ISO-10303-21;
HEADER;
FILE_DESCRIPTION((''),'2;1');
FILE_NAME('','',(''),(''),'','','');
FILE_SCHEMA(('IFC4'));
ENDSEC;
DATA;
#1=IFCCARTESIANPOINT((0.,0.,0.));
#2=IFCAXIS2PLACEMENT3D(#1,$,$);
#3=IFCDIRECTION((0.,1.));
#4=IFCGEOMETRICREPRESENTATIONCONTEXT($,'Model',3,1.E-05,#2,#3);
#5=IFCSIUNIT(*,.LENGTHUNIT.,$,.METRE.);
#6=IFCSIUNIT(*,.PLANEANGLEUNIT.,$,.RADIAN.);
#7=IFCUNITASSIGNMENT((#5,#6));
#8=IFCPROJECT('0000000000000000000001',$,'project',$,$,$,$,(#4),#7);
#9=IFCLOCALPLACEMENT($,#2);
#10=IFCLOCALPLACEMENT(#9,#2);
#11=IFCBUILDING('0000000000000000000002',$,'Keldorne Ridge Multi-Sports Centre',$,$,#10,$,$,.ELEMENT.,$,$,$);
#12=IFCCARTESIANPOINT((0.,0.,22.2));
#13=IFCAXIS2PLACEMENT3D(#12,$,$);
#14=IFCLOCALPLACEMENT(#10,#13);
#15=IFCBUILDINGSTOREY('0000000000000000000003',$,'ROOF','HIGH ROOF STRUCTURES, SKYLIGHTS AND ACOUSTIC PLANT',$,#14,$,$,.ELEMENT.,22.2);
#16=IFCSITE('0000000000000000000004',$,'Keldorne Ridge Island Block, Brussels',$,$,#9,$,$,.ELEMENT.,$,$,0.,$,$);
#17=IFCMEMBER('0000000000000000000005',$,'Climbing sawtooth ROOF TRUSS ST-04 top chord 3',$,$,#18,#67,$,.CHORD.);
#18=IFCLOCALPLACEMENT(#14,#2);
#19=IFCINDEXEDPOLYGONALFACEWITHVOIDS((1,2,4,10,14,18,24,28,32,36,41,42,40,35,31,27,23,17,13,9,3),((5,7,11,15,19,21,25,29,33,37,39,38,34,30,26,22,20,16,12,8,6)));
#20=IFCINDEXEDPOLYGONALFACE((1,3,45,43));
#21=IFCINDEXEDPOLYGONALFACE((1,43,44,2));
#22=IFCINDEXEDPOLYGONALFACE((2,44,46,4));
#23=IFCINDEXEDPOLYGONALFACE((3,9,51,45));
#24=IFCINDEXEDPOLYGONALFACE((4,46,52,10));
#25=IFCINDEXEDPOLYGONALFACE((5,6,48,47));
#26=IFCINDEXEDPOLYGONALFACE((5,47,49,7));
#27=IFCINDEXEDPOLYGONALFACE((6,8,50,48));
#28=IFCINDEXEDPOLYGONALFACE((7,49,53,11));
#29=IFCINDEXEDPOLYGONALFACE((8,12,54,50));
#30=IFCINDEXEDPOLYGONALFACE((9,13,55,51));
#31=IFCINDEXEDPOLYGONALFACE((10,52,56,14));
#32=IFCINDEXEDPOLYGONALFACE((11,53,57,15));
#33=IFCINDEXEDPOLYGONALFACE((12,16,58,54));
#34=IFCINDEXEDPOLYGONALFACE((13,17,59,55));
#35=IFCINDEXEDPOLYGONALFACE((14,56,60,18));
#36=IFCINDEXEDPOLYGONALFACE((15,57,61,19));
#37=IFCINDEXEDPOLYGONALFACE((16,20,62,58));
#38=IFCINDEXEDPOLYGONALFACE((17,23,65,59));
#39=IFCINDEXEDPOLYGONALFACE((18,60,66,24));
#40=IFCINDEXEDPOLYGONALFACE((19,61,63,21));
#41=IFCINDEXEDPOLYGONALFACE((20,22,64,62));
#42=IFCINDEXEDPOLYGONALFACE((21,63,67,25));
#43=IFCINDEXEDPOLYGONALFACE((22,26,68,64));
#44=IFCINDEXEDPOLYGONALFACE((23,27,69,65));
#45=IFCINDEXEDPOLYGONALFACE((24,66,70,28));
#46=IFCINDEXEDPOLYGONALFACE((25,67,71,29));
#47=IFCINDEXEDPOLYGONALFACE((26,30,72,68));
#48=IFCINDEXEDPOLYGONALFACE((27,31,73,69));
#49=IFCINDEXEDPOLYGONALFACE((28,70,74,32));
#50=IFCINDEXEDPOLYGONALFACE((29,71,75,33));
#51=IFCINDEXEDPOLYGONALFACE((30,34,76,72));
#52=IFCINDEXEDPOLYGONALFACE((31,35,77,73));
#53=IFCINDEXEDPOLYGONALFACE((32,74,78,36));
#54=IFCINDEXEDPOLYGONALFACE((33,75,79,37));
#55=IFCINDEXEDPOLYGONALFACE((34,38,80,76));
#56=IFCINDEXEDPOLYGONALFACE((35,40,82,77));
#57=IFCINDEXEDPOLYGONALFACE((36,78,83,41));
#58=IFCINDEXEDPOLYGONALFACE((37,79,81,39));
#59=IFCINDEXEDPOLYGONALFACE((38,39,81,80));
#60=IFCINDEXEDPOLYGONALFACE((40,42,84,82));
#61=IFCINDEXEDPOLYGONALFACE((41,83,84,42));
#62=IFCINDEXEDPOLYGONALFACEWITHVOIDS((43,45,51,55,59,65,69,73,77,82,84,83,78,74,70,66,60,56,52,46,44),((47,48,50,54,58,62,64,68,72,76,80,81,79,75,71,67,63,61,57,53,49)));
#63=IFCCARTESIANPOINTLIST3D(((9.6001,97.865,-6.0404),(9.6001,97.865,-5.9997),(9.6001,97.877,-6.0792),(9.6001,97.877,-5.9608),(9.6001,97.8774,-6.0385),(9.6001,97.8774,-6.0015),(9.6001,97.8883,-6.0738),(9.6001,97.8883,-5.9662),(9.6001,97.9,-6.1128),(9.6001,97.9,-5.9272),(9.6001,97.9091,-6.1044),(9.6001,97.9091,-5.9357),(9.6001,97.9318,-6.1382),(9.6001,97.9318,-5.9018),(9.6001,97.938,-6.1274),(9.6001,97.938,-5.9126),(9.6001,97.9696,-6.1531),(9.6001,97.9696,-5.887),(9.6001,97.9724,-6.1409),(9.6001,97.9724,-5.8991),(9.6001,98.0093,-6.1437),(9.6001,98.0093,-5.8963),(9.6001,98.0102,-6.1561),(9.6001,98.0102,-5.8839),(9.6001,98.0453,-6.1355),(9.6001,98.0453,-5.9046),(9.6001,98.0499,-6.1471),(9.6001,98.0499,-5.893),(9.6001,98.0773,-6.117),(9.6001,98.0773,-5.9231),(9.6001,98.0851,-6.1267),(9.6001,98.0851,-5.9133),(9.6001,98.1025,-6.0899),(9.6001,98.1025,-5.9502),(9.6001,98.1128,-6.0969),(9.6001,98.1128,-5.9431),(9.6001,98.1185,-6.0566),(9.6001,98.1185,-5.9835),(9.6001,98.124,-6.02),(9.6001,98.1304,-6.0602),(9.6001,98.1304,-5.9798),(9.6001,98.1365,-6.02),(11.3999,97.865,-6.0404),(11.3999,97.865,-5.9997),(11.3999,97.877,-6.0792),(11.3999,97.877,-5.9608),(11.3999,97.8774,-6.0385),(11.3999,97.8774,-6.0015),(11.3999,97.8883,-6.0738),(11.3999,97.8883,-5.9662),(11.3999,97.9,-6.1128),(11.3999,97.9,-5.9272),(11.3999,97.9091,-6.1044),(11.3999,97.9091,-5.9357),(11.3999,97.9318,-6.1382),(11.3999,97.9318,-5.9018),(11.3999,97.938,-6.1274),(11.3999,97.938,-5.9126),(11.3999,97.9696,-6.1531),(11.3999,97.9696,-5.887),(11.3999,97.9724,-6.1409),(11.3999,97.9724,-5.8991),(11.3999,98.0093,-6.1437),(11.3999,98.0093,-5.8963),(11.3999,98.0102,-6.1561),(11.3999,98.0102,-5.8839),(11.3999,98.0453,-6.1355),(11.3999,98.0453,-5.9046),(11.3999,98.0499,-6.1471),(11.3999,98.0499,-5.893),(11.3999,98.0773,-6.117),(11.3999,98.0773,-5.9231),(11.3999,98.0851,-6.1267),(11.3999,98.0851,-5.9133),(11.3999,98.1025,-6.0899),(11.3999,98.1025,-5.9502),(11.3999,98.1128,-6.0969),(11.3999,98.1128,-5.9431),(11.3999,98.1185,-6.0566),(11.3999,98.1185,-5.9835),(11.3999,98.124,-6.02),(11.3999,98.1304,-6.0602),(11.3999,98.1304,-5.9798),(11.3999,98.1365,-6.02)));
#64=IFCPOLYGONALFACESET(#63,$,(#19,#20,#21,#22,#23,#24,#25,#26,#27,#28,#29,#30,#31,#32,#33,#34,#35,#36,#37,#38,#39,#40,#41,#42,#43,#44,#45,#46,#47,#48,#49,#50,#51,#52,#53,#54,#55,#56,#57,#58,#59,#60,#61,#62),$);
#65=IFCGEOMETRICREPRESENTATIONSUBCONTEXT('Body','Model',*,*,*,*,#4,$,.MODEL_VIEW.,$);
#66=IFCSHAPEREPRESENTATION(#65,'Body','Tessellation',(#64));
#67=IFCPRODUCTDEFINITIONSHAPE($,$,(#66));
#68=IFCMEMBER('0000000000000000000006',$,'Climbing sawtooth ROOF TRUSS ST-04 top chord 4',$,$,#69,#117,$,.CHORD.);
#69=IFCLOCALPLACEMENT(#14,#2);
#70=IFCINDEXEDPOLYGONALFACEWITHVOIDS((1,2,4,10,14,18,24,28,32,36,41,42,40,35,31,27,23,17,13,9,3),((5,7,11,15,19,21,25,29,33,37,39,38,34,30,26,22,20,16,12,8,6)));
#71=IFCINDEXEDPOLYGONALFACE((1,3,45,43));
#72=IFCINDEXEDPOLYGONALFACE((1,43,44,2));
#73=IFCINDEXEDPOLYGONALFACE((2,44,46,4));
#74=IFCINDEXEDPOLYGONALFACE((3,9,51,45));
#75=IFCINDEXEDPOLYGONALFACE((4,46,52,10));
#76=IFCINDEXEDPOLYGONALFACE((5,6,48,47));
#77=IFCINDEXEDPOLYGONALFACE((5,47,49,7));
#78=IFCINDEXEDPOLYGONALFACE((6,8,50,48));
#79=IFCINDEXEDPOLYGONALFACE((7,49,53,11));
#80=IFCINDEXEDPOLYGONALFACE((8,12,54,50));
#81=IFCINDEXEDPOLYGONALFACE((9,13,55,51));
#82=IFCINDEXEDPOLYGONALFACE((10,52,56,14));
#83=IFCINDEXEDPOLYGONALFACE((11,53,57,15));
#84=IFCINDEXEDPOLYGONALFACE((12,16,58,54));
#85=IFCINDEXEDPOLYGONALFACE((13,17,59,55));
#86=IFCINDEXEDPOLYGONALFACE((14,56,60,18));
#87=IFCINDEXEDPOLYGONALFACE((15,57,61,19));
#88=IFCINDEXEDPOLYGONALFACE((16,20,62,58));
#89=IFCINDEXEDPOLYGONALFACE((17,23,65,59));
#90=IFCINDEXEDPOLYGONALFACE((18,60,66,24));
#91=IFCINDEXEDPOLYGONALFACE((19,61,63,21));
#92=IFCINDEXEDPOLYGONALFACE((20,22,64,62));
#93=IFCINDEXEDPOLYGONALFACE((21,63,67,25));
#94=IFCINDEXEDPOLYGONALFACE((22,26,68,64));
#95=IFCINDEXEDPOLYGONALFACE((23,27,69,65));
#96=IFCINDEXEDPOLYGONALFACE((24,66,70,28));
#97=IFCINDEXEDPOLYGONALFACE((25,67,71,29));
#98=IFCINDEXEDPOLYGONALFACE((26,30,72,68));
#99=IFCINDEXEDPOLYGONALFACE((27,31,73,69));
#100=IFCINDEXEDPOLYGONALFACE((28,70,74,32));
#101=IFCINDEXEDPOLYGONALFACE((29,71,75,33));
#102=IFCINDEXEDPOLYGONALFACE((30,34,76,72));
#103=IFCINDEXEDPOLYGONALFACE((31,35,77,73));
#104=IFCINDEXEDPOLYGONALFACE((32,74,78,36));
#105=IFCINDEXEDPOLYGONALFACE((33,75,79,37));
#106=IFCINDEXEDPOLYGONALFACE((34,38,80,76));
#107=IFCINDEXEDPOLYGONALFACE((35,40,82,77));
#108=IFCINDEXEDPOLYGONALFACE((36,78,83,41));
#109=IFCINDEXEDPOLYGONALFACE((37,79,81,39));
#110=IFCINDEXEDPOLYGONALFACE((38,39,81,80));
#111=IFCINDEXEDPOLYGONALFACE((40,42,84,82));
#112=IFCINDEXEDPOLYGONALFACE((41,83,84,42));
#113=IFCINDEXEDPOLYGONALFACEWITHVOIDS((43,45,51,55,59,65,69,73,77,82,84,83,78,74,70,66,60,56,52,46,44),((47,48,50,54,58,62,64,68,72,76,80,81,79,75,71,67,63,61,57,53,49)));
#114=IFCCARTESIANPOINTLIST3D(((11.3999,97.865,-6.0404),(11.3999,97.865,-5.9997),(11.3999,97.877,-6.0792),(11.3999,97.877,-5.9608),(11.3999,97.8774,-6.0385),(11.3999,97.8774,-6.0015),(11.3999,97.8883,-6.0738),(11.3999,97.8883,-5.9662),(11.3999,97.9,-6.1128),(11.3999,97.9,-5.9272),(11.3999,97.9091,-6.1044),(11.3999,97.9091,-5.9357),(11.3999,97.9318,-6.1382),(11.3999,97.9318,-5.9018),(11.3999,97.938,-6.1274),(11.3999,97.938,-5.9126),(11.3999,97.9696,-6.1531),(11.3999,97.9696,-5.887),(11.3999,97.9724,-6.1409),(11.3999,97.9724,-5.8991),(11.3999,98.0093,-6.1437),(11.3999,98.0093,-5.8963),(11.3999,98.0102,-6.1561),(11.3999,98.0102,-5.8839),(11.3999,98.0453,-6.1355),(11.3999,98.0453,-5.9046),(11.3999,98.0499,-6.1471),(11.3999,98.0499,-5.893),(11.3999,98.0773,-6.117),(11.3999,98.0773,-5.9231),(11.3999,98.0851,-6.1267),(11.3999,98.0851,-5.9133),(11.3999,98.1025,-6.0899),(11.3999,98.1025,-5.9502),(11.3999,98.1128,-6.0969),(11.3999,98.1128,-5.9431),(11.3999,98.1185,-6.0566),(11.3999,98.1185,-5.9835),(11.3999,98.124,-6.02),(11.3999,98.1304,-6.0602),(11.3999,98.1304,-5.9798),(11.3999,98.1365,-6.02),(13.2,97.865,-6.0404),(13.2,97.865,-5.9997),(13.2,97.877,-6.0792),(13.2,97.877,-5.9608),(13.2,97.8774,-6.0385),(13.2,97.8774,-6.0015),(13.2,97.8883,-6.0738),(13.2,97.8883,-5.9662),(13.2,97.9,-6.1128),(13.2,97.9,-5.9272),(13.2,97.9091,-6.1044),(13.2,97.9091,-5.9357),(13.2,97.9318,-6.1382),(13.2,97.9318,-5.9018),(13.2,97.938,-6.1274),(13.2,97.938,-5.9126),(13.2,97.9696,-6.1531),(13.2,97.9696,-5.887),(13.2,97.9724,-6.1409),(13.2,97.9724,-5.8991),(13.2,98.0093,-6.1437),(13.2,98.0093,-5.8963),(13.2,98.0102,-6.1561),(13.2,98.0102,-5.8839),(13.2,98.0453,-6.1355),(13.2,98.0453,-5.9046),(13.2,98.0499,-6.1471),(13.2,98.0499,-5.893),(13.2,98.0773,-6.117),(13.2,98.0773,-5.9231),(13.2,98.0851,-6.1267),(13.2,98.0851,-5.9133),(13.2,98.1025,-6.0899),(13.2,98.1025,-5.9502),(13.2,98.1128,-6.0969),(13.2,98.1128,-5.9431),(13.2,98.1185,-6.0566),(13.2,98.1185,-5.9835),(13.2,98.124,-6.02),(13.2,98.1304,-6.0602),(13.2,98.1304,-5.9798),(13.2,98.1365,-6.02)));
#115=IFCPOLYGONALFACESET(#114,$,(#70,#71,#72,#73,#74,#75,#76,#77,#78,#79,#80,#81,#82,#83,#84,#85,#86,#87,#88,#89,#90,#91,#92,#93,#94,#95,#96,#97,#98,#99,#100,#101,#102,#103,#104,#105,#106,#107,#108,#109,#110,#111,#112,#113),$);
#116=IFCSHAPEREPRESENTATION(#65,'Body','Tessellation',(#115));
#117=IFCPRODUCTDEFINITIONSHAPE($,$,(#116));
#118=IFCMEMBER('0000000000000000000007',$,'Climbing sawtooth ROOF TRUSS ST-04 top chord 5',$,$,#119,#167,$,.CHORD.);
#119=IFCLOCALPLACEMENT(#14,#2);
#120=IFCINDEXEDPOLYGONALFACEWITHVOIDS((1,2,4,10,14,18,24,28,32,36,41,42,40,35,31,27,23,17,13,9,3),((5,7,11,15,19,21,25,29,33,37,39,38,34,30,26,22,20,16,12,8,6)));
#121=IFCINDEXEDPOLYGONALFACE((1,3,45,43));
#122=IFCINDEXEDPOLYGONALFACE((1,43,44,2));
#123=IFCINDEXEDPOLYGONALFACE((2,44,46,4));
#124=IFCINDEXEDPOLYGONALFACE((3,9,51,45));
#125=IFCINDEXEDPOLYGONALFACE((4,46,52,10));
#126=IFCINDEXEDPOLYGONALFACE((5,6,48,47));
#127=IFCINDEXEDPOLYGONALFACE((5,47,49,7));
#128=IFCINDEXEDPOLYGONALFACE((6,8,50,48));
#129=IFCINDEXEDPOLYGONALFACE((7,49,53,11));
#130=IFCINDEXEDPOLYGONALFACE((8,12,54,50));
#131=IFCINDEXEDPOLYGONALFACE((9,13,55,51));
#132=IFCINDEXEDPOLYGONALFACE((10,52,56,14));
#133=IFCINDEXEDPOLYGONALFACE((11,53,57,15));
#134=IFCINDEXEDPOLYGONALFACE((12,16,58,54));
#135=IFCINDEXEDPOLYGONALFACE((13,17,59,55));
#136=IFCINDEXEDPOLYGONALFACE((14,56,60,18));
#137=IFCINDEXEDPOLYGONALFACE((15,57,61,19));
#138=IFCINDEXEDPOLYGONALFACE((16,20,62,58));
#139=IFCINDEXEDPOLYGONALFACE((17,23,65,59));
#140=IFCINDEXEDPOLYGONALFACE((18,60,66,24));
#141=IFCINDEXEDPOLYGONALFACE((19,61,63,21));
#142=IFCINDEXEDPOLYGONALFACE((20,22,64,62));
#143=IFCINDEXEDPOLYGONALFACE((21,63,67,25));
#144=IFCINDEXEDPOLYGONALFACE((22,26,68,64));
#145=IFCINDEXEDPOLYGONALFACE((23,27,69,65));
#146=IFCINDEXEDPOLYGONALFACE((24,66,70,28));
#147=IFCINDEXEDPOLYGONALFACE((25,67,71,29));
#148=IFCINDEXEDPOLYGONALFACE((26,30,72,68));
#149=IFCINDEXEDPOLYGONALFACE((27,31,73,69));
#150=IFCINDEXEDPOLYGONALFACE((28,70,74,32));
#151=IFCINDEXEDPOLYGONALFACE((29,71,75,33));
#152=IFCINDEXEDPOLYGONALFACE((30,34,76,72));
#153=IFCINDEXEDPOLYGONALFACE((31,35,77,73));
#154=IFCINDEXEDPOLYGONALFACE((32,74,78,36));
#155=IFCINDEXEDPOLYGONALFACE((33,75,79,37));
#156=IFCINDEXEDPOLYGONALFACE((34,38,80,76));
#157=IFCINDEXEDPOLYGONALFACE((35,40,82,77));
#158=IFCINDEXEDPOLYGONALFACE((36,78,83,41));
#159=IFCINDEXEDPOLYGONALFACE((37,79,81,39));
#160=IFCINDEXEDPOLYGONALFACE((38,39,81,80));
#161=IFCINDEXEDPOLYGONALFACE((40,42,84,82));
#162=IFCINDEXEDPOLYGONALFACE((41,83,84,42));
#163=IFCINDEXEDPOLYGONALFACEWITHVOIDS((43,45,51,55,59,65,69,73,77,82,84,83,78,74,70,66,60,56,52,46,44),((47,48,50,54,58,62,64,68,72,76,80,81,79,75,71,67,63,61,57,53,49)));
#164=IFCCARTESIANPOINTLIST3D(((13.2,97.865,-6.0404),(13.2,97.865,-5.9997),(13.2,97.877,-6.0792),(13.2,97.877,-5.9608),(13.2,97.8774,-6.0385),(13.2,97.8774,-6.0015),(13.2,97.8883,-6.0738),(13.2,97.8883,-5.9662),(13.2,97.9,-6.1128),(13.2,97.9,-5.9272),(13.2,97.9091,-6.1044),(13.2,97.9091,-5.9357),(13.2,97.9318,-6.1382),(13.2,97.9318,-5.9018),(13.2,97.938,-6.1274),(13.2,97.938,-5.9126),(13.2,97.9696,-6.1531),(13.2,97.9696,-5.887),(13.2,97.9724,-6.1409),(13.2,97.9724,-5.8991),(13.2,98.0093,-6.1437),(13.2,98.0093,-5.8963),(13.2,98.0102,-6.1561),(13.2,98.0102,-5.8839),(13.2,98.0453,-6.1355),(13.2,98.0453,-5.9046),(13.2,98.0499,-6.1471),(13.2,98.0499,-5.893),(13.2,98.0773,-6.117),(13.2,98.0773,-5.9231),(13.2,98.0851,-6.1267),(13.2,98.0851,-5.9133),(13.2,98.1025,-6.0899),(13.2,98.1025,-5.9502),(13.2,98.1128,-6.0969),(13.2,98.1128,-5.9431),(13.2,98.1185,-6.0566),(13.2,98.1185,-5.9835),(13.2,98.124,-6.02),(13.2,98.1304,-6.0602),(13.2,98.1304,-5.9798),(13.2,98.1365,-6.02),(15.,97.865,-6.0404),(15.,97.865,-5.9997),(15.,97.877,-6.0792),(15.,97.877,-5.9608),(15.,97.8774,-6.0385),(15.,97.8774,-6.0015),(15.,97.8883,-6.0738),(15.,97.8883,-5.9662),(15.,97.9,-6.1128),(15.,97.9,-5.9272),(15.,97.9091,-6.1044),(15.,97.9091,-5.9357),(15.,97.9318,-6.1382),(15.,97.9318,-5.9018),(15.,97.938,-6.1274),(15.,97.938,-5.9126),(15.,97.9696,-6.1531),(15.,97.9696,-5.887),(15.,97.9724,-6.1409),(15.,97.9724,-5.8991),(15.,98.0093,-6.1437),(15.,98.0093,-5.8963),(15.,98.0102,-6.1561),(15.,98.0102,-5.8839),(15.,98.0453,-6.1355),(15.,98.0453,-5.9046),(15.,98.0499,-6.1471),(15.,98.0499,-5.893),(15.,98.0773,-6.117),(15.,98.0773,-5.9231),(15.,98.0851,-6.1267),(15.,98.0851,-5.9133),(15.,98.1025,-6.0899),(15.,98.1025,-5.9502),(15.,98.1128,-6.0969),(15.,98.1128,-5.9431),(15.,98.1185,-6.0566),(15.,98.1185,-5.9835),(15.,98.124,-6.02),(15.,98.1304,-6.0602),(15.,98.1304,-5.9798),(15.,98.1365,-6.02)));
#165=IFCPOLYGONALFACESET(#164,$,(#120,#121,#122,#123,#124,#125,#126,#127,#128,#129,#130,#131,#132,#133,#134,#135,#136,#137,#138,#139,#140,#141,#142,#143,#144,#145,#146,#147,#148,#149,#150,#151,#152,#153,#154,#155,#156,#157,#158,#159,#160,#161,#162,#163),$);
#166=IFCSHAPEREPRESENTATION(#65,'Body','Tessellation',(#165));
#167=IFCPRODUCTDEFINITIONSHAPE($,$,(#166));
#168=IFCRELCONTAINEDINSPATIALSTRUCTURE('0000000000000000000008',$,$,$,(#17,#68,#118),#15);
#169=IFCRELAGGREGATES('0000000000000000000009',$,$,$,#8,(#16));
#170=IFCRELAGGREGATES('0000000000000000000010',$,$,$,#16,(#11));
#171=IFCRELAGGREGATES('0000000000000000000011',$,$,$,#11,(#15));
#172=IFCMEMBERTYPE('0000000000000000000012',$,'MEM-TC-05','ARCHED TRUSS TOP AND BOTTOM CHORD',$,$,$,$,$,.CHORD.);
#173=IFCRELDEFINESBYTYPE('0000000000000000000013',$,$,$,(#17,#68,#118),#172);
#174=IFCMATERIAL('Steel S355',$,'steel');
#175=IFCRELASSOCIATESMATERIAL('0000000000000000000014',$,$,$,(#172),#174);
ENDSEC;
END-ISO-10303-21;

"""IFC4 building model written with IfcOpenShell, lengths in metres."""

from ifc_helpers import new_model, si_unit, direction, frame, origin, origin_2d, place, context, subcontext, project, spatial, hollow_circle, extrude, material, material_profile, profile_set, type_object, element, save


model = new_model("IFC4")

# Units and contexts
model_context = context("Model", 3, precision=1e-05, world=origin(), true_north=direction((0.0, 1.0)))
body_context = subcontext(model_context, "Body", "Model", "MODEL_VIEW")
ifc_project = project(units=[si_unit("LENGTHUNIT", "METRE"), si_unit("PLANEANGLEUNIT", "RADIAN")], contexts=[model_context])

# Site, building, storey
site_placement = place(None, origin())
site = spatial("IfcSite", under=ifc_project, at=site_placement, Name="Keldorne Ridge Island Block, Brussels", CompositionType="ELEMENT", RefElevation=0.0)
building_placement = place(site_placement, origin())
building = spatial("IfcBuilding", under=site, at=building_placement, Name="Keldorne Ridge Multi-Sports Centre", CompositionType="ELEMENT")
storey_placement = place(building_placement, frame((0.0, 0.0, 22.2)))
storey = spatial("IfcBuildingStorey", under=building, at=storey_placement, Name="ROOF", Description="HIGH ROOF STRUCTURES, SKYLIGHTS AND ACOUSTIC PLANT", CompositionType="ELEMENT", Elevation=22.2)

# Shared definitions
ifc_material_1 = material(Name="Steel S355", Category="steel")

# Members
ifc_material_profile_1 = material_profile(ifc_material_1, hollow_circle(Radius=0.1365, WallThickness=0.0125, at=origin_2d()), Name="CHS 273x12.5")
ifc_profile_set_1 = profile_set([ifc_material_profile_1], Name="Steel S355")
member_type_1 = type_object("IfcMemberType", Name="MEM-TC-05", Description="ARCHED TRUSS TOP AND BOTTOM CHORD", PredefinedType="CHORD", material=ifc_profile_set_1)
member_1_placement = place(storey_placement, frame((9.6001, 98.0, -6.02), z_axis=(1.0, 0.0, 0.0), x_axis=(0.0, 1.0, 0.0)))
element("IfcMember", 1, at=member_1_placement, inside=storey, type_object=member_type_1, Name="Climbing sawtooth ROOF TRUSS ST-04 top chord 3", PredefinedType="CHORD", context=body_context, shape_type="SweptSolid", body=[
    extrude(hollow_circle(Radius=0.1365, WallThickness=0.0125, at=origin_2d()), origin(), (0.0, 0.0, 1.0), 1.7998),
])
for number, where, z_axis, x_axis, name in (
    (2, (11.3999, 98.0, -6.02), (1.0, 0.0, 0.0), (0.0, 1.0, 0.0), "Climbing sawtooth ROOF TRUSS ST-04 top chord 4"),
    (3, (13.2, 98.0, -6.02), (1.0, 0.0, 0.0), (0.0, 1.0, 0.0), "Climbing sawtooth ROOF TRUSS ST-04 top chord 5"),
):
    element("IfcMember", number, at=place(storey_placement, frame(where, z_axis=z_axis, x_axis=x_axis)), inside=storey, type_object=member_type_1, Name=name, PredefinedType="CHORD", context=body_context, shape_type="SweptSolid", body=[
        extrude(hollow_circle(Radius=0.1365, WallThickness=0.0125, at=origin_2d()), origin(), (0.0, 0.0, 1.0), 1.8),
    ])

save(model, "model.ifc")
